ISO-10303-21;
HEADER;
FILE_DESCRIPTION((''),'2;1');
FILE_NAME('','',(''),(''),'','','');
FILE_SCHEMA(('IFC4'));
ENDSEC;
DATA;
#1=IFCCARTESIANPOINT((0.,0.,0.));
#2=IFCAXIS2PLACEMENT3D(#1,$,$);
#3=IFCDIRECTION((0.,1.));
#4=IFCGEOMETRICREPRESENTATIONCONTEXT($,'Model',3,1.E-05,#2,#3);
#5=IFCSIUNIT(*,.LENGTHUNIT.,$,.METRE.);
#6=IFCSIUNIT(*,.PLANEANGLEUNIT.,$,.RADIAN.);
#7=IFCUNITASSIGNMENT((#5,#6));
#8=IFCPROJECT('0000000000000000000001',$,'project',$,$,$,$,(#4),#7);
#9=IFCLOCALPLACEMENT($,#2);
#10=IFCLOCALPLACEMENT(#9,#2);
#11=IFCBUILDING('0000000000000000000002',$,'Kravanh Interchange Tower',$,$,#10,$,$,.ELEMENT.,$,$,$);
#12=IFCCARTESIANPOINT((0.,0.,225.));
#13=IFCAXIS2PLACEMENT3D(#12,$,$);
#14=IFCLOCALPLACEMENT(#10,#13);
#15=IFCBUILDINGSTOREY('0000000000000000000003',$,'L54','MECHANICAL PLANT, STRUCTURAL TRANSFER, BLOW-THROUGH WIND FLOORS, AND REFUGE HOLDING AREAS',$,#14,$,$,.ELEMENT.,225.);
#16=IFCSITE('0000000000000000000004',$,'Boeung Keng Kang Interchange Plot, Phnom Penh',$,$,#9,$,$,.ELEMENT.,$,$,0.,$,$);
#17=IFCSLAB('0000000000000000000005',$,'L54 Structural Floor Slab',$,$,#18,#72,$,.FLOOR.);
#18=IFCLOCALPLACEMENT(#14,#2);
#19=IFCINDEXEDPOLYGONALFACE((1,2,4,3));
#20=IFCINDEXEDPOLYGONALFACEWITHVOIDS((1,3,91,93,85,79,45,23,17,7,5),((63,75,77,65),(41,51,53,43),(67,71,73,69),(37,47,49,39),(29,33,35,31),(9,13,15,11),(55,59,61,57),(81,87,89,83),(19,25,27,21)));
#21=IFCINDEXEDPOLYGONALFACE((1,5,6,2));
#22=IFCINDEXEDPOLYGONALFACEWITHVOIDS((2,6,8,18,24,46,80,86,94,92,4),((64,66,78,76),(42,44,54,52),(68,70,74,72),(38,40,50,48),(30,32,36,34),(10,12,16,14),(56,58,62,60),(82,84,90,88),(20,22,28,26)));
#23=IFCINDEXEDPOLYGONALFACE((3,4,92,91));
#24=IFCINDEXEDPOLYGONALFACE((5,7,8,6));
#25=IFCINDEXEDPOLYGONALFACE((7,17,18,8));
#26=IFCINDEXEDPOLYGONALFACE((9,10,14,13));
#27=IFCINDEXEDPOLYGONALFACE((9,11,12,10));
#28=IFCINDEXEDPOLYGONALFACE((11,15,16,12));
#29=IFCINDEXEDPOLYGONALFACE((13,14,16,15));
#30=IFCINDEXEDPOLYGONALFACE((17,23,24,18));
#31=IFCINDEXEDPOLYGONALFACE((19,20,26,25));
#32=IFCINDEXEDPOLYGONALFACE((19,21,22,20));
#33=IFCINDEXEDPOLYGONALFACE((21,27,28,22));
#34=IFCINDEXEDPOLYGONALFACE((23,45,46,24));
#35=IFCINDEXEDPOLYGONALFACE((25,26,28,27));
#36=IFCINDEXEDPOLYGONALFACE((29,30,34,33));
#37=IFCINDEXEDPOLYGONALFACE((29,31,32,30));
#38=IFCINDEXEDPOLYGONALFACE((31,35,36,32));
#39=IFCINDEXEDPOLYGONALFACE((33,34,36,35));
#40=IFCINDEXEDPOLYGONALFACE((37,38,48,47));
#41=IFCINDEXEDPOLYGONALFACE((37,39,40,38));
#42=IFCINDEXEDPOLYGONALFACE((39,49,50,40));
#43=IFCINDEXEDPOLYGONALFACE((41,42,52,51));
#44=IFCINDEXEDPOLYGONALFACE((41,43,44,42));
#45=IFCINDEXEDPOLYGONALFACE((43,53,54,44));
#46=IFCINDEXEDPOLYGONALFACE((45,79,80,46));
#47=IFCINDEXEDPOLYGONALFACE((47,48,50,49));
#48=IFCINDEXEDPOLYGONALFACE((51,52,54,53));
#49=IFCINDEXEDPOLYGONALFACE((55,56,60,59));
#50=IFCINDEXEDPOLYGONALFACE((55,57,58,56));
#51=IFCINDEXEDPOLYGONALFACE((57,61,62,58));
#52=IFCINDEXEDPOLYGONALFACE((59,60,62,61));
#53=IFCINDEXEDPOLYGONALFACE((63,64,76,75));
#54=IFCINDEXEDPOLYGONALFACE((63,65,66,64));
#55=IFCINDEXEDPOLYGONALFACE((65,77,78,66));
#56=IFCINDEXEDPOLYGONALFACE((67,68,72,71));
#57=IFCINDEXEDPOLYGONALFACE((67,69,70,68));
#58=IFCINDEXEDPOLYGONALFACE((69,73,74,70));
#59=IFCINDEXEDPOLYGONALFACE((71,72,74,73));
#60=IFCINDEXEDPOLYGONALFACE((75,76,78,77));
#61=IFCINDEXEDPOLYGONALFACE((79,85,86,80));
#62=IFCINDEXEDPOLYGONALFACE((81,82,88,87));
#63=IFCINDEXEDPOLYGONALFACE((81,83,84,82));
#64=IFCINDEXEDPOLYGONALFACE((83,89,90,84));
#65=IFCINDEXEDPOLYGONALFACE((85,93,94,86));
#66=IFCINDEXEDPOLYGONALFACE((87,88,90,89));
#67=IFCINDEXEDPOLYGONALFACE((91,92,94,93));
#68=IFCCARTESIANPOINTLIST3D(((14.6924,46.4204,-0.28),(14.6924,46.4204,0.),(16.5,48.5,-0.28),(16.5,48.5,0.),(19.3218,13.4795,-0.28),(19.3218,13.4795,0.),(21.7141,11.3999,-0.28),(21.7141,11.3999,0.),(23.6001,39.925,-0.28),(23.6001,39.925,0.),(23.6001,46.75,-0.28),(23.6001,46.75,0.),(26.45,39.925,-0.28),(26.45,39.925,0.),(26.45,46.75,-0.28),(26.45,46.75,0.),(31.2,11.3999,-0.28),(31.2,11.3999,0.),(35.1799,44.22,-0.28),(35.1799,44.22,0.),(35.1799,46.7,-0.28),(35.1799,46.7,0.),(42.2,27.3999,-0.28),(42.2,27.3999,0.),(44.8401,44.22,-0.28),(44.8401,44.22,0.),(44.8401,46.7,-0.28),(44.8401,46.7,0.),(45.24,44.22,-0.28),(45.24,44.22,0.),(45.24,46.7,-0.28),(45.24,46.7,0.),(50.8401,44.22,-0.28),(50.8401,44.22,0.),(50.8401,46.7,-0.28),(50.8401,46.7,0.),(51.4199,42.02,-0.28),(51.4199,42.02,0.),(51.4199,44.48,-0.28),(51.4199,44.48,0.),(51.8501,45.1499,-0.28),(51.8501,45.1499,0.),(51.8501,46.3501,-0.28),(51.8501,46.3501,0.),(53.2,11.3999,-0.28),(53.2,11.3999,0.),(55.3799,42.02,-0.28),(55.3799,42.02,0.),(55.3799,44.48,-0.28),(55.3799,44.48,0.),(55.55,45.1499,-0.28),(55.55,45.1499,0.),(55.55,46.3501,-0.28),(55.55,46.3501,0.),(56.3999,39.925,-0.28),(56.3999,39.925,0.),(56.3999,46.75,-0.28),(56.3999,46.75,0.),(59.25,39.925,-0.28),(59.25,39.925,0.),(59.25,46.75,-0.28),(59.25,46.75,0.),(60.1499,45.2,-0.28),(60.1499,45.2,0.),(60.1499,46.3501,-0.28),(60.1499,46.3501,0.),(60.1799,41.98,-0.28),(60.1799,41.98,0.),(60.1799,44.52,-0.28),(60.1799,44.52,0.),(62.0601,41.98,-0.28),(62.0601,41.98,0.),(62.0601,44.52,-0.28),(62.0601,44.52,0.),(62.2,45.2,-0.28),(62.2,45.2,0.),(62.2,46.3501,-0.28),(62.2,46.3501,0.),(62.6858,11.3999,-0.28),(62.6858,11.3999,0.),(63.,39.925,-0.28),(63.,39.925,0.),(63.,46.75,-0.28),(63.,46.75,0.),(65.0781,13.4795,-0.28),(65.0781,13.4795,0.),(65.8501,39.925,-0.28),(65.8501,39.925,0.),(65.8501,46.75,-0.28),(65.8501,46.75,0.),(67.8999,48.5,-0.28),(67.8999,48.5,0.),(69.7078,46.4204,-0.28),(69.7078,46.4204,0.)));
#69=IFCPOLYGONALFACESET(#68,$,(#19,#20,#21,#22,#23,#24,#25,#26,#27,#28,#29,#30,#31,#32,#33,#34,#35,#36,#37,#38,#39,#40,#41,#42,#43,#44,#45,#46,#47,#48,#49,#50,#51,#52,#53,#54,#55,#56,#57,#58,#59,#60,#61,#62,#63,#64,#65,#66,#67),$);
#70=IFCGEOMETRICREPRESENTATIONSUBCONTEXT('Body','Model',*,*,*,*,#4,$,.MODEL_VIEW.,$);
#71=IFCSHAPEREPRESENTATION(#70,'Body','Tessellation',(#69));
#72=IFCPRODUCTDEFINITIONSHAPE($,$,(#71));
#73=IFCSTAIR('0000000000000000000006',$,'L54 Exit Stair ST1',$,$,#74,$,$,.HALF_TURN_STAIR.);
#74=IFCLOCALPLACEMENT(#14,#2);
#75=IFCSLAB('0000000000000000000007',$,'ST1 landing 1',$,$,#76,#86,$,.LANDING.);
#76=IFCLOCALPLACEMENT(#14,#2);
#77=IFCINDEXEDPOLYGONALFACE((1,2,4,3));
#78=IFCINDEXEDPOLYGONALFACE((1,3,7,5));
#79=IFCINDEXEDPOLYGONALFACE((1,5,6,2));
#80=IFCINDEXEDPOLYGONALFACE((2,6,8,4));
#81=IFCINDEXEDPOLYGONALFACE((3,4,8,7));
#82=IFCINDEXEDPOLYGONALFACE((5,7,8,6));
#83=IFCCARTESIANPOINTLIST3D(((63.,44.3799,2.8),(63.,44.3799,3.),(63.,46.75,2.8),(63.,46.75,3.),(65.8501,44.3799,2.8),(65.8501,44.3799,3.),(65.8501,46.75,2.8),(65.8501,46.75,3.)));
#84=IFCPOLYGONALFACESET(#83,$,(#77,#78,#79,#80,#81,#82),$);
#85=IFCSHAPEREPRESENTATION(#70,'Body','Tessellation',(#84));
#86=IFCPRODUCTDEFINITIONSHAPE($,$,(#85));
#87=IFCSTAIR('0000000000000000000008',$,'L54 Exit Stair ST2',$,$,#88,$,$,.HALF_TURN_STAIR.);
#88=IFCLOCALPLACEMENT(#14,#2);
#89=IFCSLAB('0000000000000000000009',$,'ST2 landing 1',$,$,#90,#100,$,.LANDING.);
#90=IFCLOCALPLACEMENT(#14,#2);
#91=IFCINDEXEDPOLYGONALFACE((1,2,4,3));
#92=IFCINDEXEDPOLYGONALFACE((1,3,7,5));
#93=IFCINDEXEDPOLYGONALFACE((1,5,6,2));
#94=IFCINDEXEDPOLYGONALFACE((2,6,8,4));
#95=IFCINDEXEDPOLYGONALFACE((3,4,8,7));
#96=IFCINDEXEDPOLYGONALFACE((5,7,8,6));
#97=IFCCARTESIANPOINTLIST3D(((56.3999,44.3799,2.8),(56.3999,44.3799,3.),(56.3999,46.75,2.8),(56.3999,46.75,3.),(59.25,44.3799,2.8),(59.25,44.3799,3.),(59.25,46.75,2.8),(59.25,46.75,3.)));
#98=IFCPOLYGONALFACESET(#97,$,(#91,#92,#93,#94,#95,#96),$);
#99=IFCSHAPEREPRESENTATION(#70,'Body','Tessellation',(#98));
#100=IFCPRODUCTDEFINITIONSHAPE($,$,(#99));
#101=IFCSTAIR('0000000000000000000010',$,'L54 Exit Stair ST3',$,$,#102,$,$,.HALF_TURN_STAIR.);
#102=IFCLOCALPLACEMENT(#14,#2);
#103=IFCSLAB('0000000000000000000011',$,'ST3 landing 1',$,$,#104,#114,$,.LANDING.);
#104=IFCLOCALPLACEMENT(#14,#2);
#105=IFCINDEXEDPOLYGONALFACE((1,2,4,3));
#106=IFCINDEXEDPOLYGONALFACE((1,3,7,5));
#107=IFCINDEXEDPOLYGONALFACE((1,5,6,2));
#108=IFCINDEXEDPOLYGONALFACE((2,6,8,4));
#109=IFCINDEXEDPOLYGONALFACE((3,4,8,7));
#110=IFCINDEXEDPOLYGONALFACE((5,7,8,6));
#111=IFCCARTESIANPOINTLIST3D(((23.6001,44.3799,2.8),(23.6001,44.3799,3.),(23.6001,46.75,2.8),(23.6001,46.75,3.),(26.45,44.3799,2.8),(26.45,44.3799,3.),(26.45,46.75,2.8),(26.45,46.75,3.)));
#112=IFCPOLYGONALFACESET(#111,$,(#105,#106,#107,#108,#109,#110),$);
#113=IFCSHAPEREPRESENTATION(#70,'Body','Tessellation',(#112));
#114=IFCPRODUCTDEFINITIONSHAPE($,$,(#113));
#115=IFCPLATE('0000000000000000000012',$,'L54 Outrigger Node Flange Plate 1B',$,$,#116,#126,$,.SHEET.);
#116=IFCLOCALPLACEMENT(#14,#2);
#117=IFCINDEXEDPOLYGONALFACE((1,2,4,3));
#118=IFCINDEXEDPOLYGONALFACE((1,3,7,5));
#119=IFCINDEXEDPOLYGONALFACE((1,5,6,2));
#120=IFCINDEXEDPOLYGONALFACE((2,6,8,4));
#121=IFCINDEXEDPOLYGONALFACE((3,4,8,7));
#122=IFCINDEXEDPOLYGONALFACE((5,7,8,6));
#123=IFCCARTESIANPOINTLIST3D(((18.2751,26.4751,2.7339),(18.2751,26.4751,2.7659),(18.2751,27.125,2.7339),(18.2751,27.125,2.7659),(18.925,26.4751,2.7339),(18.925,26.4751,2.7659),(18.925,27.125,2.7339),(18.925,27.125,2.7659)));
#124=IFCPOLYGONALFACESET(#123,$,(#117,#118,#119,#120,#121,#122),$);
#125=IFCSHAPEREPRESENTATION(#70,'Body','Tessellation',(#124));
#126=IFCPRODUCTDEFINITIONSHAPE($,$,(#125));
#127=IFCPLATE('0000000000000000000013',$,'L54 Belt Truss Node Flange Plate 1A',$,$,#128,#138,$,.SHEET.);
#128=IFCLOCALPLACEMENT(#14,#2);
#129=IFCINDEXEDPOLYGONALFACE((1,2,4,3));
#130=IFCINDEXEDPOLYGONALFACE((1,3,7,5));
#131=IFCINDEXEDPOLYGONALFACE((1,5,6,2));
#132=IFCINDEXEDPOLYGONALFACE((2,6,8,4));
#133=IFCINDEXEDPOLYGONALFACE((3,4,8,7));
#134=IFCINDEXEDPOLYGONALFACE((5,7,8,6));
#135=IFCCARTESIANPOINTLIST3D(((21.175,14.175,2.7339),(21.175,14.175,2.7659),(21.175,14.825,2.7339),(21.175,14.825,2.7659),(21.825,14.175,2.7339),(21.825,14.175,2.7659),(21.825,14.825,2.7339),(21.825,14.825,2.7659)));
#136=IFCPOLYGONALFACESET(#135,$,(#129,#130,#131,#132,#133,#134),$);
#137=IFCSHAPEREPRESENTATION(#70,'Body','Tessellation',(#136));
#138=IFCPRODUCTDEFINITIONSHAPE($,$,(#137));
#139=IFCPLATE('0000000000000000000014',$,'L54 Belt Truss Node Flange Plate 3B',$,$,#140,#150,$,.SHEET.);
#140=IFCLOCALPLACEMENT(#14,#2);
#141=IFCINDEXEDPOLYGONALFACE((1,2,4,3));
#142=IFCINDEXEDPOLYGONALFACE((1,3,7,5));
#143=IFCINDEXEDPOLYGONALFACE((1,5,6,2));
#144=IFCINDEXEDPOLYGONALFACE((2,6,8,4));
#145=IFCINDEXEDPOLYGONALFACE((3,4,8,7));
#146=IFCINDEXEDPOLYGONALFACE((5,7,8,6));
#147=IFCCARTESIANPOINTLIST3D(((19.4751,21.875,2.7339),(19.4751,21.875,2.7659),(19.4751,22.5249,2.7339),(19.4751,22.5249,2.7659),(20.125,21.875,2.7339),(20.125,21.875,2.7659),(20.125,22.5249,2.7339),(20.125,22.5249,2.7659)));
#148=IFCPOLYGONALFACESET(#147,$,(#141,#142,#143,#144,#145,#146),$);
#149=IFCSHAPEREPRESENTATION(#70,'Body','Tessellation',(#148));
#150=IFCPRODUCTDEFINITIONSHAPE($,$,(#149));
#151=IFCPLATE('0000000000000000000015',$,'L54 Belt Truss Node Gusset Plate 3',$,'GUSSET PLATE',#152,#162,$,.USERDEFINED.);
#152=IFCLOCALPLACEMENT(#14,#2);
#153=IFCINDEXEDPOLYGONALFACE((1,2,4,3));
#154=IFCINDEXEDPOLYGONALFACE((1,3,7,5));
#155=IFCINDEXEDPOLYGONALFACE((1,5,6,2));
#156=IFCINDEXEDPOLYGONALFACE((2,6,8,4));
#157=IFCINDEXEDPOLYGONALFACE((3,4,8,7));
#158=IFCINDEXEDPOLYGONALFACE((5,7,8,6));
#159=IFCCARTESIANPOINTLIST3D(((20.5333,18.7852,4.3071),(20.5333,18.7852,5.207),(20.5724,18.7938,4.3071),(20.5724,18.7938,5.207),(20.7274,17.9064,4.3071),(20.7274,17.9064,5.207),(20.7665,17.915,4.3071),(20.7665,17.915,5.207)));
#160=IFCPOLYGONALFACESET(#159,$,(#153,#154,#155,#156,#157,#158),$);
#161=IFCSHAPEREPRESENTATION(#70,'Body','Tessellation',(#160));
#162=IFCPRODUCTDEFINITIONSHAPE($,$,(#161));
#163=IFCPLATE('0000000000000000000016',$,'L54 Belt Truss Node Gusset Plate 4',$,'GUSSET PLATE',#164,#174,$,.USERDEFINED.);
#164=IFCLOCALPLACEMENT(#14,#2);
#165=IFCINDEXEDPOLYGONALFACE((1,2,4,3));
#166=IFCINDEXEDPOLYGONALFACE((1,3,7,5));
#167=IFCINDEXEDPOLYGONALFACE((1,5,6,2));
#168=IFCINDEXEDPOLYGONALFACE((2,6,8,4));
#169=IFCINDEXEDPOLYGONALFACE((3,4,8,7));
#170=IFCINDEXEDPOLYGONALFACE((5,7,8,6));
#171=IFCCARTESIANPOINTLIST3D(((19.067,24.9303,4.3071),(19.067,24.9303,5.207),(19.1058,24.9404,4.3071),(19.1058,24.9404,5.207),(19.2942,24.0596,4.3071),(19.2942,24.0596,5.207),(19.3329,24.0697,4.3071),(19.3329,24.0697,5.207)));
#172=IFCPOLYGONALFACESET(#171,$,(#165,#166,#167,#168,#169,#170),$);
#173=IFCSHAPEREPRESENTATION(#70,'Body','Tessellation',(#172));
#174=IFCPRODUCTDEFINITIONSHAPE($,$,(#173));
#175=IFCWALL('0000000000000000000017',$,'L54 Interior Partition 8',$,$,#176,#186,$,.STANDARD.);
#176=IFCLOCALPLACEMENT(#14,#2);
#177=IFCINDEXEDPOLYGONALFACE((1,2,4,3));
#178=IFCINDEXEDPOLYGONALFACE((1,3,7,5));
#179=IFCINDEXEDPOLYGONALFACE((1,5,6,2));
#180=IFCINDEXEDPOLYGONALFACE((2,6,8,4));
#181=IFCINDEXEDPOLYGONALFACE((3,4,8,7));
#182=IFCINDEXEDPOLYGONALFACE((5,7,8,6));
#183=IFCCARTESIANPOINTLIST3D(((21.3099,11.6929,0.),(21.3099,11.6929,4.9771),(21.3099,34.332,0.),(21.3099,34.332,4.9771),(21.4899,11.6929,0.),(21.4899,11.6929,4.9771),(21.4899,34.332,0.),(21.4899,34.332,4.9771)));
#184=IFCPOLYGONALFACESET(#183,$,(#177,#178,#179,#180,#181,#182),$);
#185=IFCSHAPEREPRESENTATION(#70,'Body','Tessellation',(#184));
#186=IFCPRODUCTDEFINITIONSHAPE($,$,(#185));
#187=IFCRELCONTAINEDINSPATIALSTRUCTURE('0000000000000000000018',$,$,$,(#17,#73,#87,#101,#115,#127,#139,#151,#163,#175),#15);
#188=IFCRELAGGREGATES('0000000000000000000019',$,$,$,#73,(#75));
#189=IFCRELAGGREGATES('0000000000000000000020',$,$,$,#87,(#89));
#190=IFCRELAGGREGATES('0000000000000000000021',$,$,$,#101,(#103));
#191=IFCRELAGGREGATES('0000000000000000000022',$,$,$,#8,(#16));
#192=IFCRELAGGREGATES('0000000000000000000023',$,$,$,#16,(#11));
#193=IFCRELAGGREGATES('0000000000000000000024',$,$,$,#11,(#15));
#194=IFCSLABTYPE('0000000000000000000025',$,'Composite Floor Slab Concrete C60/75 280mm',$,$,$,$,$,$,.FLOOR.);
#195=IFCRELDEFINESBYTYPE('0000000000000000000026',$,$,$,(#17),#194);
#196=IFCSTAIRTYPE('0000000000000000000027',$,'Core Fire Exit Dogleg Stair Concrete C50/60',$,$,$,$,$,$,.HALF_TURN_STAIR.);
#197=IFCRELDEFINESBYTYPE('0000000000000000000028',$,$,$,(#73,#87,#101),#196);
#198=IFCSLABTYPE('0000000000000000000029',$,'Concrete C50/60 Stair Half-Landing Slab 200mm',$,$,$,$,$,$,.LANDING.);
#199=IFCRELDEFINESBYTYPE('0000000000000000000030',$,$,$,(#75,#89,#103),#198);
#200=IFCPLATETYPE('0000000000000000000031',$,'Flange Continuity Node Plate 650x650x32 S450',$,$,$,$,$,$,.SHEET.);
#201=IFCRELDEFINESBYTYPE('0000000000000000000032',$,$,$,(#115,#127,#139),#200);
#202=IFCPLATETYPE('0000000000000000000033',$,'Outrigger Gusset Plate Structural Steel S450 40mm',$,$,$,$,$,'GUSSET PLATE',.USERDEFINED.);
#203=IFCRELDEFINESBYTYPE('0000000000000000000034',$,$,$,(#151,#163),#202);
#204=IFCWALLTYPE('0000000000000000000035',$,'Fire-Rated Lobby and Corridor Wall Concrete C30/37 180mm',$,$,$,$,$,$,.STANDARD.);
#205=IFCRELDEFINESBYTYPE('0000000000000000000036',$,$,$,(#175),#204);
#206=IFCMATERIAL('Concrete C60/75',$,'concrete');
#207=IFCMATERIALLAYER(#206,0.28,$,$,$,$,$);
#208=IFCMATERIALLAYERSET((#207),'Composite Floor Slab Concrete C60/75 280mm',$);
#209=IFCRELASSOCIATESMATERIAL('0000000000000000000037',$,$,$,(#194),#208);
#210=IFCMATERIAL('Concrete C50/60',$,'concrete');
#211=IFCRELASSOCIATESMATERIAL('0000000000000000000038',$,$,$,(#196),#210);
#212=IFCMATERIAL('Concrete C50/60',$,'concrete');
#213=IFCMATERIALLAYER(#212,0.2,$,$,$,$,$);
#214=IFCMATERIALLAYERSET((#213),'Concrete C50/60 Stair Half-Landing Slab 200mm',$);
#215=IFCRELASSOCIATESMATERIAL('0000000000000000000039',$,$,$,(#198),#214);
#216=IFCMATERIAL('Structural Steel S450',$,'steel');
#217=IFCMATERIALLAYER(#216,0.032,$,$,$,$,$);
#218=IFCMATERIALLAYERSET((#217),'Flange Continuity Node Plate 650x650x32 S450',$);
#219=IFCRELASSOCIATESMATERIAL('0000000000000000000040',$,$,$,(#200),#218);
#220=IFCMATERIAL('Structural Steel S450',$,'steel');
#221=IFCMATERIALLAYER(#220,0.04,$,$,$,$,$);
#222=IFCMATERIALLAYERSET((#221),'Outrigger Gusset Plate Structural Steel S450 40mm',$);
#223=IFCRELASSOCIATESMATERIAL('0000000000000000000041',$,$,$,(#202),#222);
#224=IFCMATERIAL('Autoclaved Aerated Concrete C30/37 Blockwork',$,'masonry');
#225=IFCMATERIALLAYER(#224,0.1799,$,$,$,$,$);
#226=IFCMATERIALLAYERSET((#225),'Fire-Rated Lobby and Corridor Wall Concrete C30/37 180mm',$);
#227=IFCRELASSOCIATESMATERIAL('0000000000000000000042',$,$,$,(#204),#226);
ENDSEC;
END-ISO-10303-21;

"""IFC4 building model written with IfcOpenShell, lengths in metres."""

from ifc_helpers import new_model, si_unit, direction, frame, frame_2d, origin, origin_2d, place, context, subcontext, project, spatial, polyline, rectangle, outline, extrude, material, layer, layer_set, type_object, element, aggregate, save


model = new_model("IFC4")

# Units and contexts
model_context = context("Model", 3, precision=1e-05, world=origin(), true_north=direction((0.0, 1.0)))
body_context = subcontext(model_context, "Body", "Model", "MODEL_VIEW")
ifc_project = project(units=[si_unit("LENGTHUNIT", "METRE"), si_unit("PLANEANGLEUNIT", "RADIAN")], contexts=[model_context])

# Site, building, storey
site_placement = place(None, origin())
site = spatial("IfcSite", under=ifc_project, at=site_placement, Name="Boeung Keng Kang Interchange Plot, Phnom Penh", CompositionType="ELEMENT", RefElevation=0.0)
building_placement = place(site_placement, origin())
building = spatial("IfcBuilding", under=site, at=building_placement, Name="Kravanh Interchange Tower", CompositionType="ELEMENT")
storey_placement = place(building_placement, frame((0.0, 0.0, 225.0)))
storey = spatial("IfcBuildingStorey", under=building, at=storey_placement, Name="L54", Description="MECHANICAL PLANT, STRUCTURAL TRANSFER, BLOW-THROUGH WIND FLOORS, AND REFUGE HOLDING AREAS", CompositionType="ELEMENT", Elevation=225.0)

# Slab
ifc_material_1 = material(Name="Concrete C60/75", Category="concrete")
ifc_layer_1 = layer(ifc_material_1, 0.28)
ifc_layer_set_1 = layer_set([ifc_layer_1], Name="Composite Floor Slab Concrete C60/75 280mm")
slab_type_1 = type_object("IfcSlabType", Name="Composite Floor Slab Concrete C60/75 280mm", PredefinedType="FLOOR", material=ifc_layer_set_1)
slab_1_placement = place(storey_placement, frame((0.0, 0.0, -0.28)))
element("IfcSlab", 1, at=slab_1_placement, inside=storey, type_object=slab_type_1, Name="L54 Structural Floor Slab", PredefinedType="FLOOR", context=body_context, shape_type="SweptSolid", body=[
    extrude(outline(polyline([(19.3218, 13.4795), (21.7141, 11.3999), (31.2, 11.3999), (42.2, 27.3999), (53.2, 11.3999), (62.6858, 11.3999), (65.0781, 13.4795), (69.7078, 46.4204), (67.8999, 48.5), (16.5, 48.5), (14.6924, 46.4204), (19.3218, 13.4795)]), holes=[polyline([(65.8501, 39.925), (65.8501, 46.75), (63.0, 46.75), (63.0, 39.925), (65.8501, 39.925)]), polyline([(59.25, 39.925), (59.25, 46.75), (56.3999, 46.75), (56.3999, 39.925), (59.25, 39.925)]), polyline([(26.45, 39.925), (26.45, 46.75), (23.6001, 46.75), (23.6001, 39.925), (26.45, 39.925)]), polyline([(35.1799, 44.22), (44.8401, 44.22), (44.8401, 46.7), (35.1799, 46.7), (35.1799, 44.22)]), polyline([(45.24, 44.22), (50.8401, 44.22), (50.8401, 46.7), (45.24, 46.7), (45.24, 44.22)]), polyline([(51.4199, 42.02), (55.3799, 42.02), (55.3799, 44.48), (51.4199, 44.48), (51.4199, 42.02)]), polyline([(60.1799, 41.98), (62.0601, 41.98), (62.0601, 44.52), (60.1799, 44.52), (60.1799, 41.98)]), polyline([(60.1499, 45.2), (62.2, 45.2), (62.2, 46.3501), (60.1499, 46.3501), (60.1499, 45.2)]), polyline([(51.8501, 45.1499), (55.55, 45.1499), (55.55, 46.3501), (51.8501, 46.3501), (51.8501, 45.1499)])]), origin(), (0.0, 0.0, 1.0), 0.28),
])

# Stairs, slabs
ifc_material_2 = material(Name="Concrete C50/60", Category="concrete")
stair_type = type_object("IfcStairType", Name="Core Fire Exit Dogleg Stair Concrete C50/60", PredefinedType="HALF_TURN_STAIR", material=ifc_material_2)
stair_1_placement = place(storey_placement, origin())
stair_1 = element("IfcStair", 2, at=stair_1_placement, inside=storey, type_object=stair_type, Name="L54 Exit Stair ST1", PredefinedType="HALF_TURN_STAIR")
ifc_material_3 = material(Name="Concrete C50/60", Category="concrete")
ifc_layer_2 = layer(ifc_material_3, 0.2)
ifc_layer_set_2 = layer_set([ifc_layer_2], Name="Concrete C50/60 Stair Half-Landing Slab 200mm")
slab_type_2 = type_object("IfcSlabType", Name="Concrete C50/60 Stair Half-Landing Slab 200mm", PredefinedType="LANDING", material=ifc_layer_set_2)
slab_2_placement = place(storey_placement, frame((0.0, 0.0, 2.8)))
slab_2 = element("IfcSlab", 3, at=slab_2_placement, type_object=slab_type_2, Name="ST1 landing 1", PredefinedType="LANDING", context=body_context, shape_type="SweptSolid", body=[
    extrude(outline(polyline([(65.8501, 44.3799), (65.8501, 46.75), (63.0, 46.75), (63.0, 44.3799), (65.8501, 44.3799)])), origin(), (0.0, 0.0, 1.0), 0.2),
])
aggregate(stair_1, [slab_2])
stair_2_placement = place(storey_placement, origin())
stair_2 = element("IfcStair", 4, at=stair_2_placement, inside=storey, type_object=stair_type, Name="L54 Exit Stair ST2", PredefinedType="HALF_TURN_STAIR")
slab_3_placement = place(storey_placement, frame((0.0, 0.0, 2.8)))
slab_3 = element("IfcSlab", 5, at=slab_3_placement, type_object=slab_type_2, Name="ST2 landing 1", PredefinedType="LANDING", context=body_context, shape_type="SweptSolid", body=[
    extrude(outline(polyline([(59.25, 44.3799), (59.25, 46.75), (56.3999, 46.75), (56.3999, 44.3799), (59.25, 44.3799)])), origin(), (0.0, 0.0, 1.0), 0.2),
])
aggregate(stair_2, [slab_3])
stair_3_placement = place(storey_placement, origin())
stair_3 = element("IfcStair", 6, at=stair_3_placement, inside=storey, type_object=stair_type, Name="L54 Exit Stair ST3", PredefinedType="HALF_TURN_STAIR")
slab_4_placement = place(storey_placement, frame((0.0, 0.0, 2.8)))
slab_4 = element("IfcSlab", 7, at=slab_4_placement, type_object=slab_type_2, Name="ST3 landing 1", PredefinedType="LANDING", context=body_context, shape_type="SweptSolid", body=[
    extrude(outline(polyline([(26.45, 44.3799), (26.45, 46.75), (23.6001, 46.75), (23.6001, 44.3799), (26.45, 44.3799)])), origin(), (0.0, 0.0, 1.0), 0.2),
])
aggregate(stair_3, [slab_4])

# Plates
ifc_material_4 = material(Name="Structural Steel S450", Category="steel")
ifc_layer_3 = layer(ifc_material_4, 0.032)
ifc_layer_set_3 = layer_set([ifc_layer_3], Name="Flange Continuity Node Plate 650x650x32 S450")
plate_type_1 = type_object("IfcPlateType", Name="Flange Continuity Node Plate 650x650x32 S450", PredefinedType="SHEET", material=ifc_layer_set_3)
for number, where, z_axis, x_axis, name in (
    (8, (18.6001, 26.8, 2.7339), (0.0, 0.0, 1.0), (1.0, 0.0, 0.0), "L54 Outrigger Node Flange Plate 1B"),
    (9, (21.5, 14.5, 2.7339), (0.0, 0.0, 1.0), (1.0, 0.0, 0.0), "L54 Belt Truss Node Flange Plate 1A"),
    (10, (19.8, 22.2, 2.7339), (0.0, 0.0, 1.0), (1.0, 0.0, 0.0), "L54 Belt Truss Node Flange Plate 3B"),
):
    element("IfcPlate", number, at=place(storey_placement, frame(where, z_axis=z_axis, x_axis=x_axis)), inside=storey, type_object=plate_type_1, Name=name, PredefinedType="SHEET", context=body_context, shape_type="SweptSolid", body=[
        extrude(rectangle(XDim=0.6499, YDim=0.6499, at=origin_2d()), origin(), (0.0, 0.0, 1.0), 0.032),
    ])
ifc_material_5 = material(Name="Structural Steel S450", Category="steel")
ifc_layer_4 = layer(ifc_material_5, 0.04)
ifc_layer_set_4 = layer_set([ifc_layer_4], Name="Outrigger Gusset Plate Structural Steel S450 40mm")
plate_type_2 = type_object("IfcPlateType", Name="Outrigger Gusset Plate Structural Steel S450 40mm", ElementType="GUSSET PLATE", PredefinedType="USERDEFINED", material=ifc_layer_set_4)
for number, where, z_axis, x_axis, name in (
    (11, (20.6499, 18.3501, 4.3071), (0.0, 0.0, 1.0), (-0.215588, 0.976485, 0.0), "L54 Belt Truss Node Gusset Plate 3"),
    (12, (19.2, 24.5, 4.3071), (0.0, 0.0, 1.0), (-0.252407, 0.967621, 0.0), "L54 Belt Truss Node Gusset Plate 4"),
):
    element("IfcPlate", number, at=place(storey_placement, frame(where, z_axis=z_axis, x_axis=x_axis)), inside=storey, type_object=plate_type_2, Name=name, ObjectType="GUSSET PLATE", PredefinedType="USERDEFINED", context=body_context, shape_type="SweptSolid", body=[
        extrude(rectangle(XDim=0.8999, YDim=0.04, at=origin_2d()), origin(), (0.0, 0.0, 1.0), 0.8999),
    ])

# Wall
ifc_material_6 = material(Name="Autoclaved Aerated Concrete C30/37 Blockwork", Category="masonry")
ifc_layer_5 = layer(ifc_material_6, 0.1799)
ifc_layer_set_5 = layer_set([ifc_layer_5], Name="Fire-Rated Lobby and Corridor Wall Concrete C30/37 180mm")
wall_type = type_object("IfcWallType", Name="Fire-Rated Lobby and Corridor Wall Concrete C30/37 180mm", PredefinedType="STANDARD", material=ifc_layer_set_5)
wall_placement = place(storey_placement, frame((21.3999, 11.6929, 0.0), z_axis=(0.0, 0.0, 1.0), x_axis=(0.0, 1.0, 0.0)))
element("IfcWall", 13, at=wall_placement, inside=storey, type_object=wall_type, Name="L54 Interior Partition 8", PredefinedType="STANDARD", context=body_context, shape_type="SweptSolid", body=[
    extrude(rectangle(XDim=22.6392, YDim=0.1799, at=frame_2d((11.3196, 0.0))), origin(), (0.0, 0.0, 1.0), 4.9771),
])

save(model, "model.ifc")
